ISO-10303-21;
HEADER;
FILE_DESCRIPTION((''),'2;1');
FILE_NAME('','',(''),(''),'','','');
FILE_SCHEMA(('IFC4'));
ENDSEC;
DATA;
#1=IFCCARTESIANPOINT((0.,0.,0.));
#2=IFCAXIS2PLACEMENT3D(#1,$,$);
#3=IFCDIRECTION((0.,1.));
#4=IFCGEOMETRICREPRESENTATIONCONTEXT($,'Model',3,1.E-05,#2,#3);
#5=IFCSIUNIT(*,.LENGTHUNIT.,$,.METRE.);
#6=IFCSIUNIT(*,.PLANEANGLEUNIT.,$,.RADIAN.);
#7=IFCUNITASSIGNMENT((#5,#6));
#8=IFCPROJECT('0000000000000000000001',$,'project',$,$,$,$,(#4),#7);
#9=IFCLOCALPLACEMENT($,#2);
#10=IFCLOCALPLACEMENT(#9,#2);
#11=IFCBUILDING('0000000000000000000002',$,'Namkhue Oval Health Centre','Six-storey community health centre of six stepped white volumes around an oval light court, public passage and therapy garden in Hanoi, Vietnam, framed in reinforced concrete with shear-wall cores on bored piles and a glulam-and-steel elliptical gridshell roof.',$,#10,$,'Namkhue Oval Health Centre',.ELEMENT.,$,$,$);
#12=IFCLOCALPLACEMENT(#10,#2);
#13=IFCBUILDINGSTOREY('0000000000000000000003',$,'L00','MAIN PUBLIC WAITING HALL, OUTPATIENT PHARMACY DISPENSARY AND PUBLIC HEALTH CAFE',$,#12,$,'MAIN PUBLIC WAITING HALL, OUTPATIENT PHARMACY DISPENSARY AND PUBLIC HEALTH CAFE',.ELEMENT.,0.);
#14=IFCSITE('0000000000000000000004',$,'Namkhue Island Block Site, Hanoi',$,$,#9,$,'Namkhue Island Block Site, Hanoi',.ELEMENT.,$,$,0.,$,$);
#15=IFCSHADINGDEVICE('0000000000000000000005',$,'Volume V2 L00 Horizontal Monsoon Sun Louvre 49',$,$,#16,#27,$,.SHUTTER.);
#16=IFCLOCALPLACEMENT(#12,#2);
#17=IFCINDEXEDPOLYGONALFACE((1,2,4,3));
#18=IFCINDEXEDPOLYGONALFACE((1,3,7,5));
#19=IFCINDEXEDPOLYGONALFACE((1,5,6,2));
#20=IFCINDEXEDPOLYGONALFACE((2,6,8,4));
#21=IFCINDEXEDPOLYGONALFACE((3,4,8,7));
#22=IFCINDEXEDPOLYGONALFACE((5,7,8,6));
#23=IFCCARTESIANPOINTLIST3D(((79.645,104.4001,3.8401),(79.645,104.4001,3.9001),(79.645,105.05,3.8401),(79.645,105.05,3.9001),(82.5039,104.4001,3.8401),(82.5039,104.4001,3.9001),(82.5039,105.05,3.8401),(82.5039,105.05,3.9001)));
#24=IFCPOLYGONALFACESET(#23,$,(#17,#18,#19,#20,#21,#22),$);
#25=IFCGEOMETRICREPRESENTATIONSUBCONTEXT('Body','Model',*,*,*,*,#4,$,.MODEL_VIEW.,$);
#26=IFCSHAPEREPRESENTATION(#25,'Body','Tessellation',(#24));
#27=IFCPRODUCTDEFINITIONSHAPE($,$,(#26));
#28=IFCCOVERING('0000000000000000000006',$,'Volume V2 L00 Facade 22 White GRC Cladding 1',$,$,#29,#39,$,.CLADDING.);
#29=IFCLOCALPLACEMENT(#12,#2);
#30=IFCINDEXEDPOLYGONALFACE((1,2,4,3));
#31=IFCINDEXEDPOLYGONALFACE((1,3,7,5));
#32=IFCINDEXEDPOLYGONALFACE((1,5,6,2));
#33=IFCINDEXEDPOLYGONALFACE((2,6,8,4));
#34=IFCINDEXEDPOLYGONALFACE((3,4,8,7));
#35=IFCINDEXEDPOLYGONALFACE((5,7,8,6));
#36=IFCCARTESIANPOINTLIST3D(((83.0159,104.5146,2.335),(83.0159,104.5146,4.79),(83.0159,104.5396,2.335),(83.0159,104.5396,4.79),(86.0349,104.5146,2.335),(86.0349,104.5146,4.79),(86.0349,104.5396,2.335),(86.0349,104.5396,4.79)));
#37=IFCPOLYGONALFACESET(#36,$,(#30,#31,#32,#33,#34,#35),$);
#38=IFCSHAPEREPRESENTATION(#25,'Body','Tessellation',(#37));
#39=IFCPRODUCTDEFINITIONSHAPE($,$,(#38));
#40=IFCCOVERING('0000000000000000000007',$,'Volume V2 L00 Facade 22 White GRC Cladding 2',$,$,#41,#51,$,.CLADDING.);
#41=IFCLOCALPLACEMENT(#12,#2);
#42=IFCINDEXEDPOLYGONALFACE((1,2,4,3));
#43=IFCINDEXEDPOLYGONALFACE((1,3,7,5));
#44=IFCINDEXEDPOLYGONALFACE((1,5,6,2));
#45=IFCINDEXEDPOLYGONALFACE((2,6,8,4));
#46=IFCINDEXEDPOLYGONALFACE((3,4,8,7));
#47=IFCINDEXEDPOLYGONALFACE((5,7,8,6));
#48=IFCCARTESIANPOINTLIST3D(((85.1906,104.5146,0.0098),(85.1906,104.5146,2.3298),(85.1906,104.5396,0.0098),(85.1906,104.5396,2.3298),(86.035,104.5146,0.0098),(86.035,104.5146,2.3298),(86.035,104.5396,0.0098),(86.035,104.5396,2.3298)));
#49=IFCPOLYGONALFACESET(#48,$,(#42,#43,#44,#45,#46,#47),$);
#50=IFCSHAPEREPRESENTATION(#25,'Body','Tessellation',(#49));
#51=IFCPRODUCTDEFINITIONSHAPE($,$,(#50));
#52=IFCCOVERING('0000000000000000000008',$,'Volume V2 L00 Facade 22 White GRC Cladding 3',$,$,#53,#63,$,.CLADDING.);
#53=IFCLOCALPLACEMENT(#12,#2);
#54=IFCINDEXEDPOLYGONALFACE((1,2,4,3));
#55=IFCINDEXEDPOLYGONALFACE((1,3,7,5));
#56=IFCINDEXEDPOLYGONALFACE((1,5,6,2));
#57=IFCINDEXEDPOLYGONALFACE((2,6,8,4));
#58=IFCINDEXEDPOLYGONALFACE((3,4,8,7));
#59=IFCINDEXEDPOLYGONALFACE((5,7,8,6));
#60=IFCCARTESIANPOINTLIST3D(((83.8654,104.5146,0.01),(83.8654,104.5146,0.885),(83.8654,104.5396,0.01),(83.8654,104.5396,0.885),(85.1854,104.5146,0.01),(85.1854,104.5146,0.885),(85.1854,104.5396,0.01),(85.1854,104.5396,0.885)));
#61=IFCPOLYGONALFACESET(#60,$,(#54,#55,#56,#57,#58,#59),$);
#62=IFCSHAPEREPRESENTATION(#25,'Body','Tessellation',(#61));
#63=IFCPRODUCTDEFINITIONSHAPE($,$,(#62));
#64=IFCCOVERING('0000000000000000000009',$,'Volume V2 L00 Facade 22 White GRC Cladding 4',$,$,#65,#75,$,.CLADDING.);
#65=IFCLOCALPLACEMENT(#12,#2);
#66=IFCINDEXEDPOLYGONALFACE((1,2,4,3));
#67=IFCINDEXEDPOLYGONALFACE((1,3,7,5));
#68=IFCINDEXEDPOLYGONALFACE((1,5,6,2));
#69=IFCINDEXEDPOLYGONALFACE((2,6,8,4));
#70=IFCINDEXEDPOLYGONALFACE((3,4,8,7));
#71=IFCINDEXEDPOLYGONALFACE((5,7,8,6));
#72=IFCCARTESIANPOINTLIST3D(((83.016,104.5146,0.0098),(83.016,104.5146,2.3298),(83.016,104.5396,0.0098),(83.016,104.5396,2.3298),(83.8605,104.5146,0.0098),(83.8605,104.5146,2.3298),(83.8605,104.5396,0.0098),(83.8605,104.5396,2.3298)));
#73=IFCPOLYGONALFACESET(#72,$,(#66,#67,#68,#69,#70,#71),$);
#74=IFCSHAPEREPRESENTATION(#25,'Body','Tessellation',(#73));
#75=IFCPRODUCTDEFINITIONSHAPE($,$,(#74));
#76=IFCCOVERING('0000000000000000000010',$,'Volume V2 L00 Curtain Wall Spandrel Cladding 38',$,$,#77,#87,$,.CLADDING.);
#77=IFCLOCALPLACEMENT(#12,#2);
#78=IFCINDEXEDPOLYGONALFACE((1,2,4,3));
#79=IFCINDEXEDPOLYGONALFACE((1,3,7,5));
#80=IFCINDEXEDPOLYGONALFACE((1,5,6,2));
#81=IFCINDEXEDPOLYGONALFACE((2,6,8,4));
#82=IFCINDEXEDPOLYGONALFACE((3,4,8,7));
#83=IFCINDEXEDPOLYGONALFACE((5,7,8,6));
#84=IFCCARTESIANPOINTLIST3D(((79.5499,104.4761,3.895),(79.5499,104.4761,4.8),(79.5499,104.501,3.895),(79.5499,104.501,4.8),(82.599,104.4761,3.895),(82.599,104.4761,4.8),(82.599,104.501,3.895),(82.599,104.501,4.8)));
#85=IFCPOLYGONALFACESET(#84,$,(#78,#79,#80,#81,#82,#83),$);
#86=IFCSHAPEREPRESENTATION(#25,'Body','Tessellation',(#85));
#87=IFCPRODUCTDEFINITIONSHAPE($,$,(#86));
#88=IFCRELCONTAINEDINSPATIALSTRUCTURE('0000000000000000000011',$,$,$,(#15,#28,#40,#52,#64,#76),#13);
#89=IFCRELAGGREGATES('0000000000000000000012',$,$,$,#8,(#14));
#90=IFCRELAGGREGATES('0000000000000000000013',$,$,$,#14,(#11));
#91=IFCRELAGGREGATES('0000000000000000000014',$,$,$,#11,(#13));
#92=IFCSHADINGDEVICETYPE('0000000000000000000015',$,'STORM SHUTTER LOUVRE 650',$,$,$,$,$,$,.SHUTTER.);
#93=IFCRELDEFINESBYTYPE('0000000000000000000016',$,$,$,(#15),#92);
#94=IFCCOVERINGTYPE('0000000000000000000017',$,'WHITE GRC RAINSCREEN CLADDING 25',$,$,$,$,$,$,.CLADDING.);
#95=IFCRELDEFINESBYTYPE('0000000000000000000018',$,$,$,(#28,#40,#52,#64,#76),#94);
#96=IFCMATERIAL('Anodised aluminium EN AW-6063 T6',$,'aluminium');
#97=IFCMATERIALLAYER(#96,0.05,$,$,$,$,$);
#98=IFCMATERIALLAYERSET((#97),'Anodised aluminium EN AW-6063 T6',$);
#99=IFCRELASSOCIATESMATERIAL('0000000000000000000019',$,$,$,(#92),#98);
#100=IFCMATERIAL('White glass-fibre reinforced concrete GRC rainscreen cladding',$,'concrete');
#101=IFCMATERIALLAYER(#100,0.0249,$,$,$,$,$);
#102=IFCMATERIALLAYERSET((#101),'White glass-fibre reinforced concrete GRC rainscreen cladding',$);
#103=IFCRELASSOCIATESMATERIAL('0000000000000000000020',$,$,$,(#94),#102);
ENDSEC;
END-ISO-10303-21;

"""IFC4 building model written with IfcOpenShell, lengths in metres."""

from ifc_helpers import new_model, si_unit, direction, frame, origin, origin_2d, place, context, subcontext, project, spatial, rectangle, extrude, material, layer, layer_set, type_object, element, save


model = new_model("IFC4")

# Units and contexts
model_context = context("Model", 3, precision=1e-05, world=origin(), true_north=direction((0.0, 1.0)))
body_context = subcontext(model_context, "Body", "Model", "MODEL_VIEW")
ifc_project = project(units=[si_unit("LENGTHUNIT", "METRE"), si_unit("PLANEANGLEUNIT", "RADIAN")], contexts=[model_context])

# Site, building, storey
site_placement = place(None, origin())
site = spatial("IfcSite", under=ifc_project, at=site_placement, Name="Namkhue Island Block Site, Hanoi", LongName="Namkhue Island Block Site, Hanoi", CompositionType="ELEMENT", RefElevation=0.0)
building_placement = place(site_placement, origin())
building = spatial("IfcBuilding", under=site, at=building_placement, Name="Namkhue Oval Health Centre", Description="Six-storey community health centre of six stepped white volumes around an oval light court, public passage and therapy garden in Hanoi, Vietnam, framed in reinforced concrete with shear-wall cores on bored piles and a glulam-and-steel elliptical gridshell roof.", LongName="Namkhue Oval Health Centre", CompositionType="ELEMENT")
storey_placement = place(building_placement, origin())
storey = spatial("IfcBuildingStorey", under=building, at=storey_placement, Name="L00", Description="MAIN PUBLIC WAITING HALL, OUTPATIENT PHARMACY DISPENSARY AND PUBLIC HEALTH CAFE", LongName="MAIN PUBLIC WAITING HALL, OUTPATIENT PHARMACY DISPENSARY AND PUBLIC HEALTH CAFE", CompositionType="ELEMENT", Elevation=0.0)

# Shared definitions
ifc_material_1 = material(Name="Anodised aluminium EN AW-6063 T6", Category="aluminium")

# Shading device
ifc_layer_1 = layer(ifc_material_1, 0.05)
ifc_layer_set_1 = layer_set([ifc_layer_1], Name="Anodised aluminium EN AW-6063 T6")
shading_device_type_1 = type_object("IfcShadingDeviceType", Name="STORM SHUTTER LOUVRE 650", PredefinedType="SHUTTER", material=ifc_layer_set_1)
shading_device_1_placement = place(storey_placement, frame((81.0745, 104.7251, 3.8401), z_axis=(0.0, 0.0, 1.0), x_axis=(-1.0, 0.0, 0.0)))
element("IfcShadingDevice", 1, at=shading_device_1_placement, inside=storey, type_object=shading_device_type_1, Name="Volume V2 L00 Horizontal Monsoon Sun Louvre 49", PredefinedType="SHUTTER", context=body_context, shape_type="SweptSolid", body=[
    extrude(rectangle(XDim=2.8589, YDim=0.6499, at=origin_2d()), origin(), (0.0, 0.0, 1.0), 0.0601),
])

# Coverings
ifc_material_2 = material(Name="White glass-fibre reinforced concrete GRC rainscreen cladding", Category="concrete")
ifc_layer_2 = layer(ifc_material_2, 0.0249)
ifc_layer_set_2 = layer_set([ifc_layer_2], Name="White glass-fibre reinforced concrete GRC rainscreen cladding")
covering_type = type_object("IfcCoveringType", Name="WHITE GRC RAINSCREEN CLADDING 25", PredefinedType="CLADDING", material=ifc_layer_set_2)
covering_1_placement = place(storey_placement, frame((84.5254, 104.5271, 2.335), z_axis=(0.0, 0.0, 1.0), x_axis=(-1.0, 0.0, 0.0)))
element("IfcCovering", 2, at=covering_1_placement, inside=storey, type_object=covering_type, Name="Volume V2 L00 Facade 22 White GRC Cladding 1", PredefinedType="CLADDING", context=body_context, shape_type="SweptSolid", body=[
    extrude(rectangle(XDim=3.019, YDim=0.0249, at=origin_2d()), origin(), (0.0, 0.0, 1.0), 2.4551),
])
covering_2_placement = place(storey_placement, frame((85.6128, 104.5271, 0.0098), z_axis=(0.0, 0.0, 1.0), x_axis=(-1.0, 0.0, 0.0)))
element("IfcCovering", 3, at=covering_2_placement, inside=storey, type_object=covering_type, Name="Volume V2 L00 Facade 22 White GRC Cladding 2", PredefinedType="CLADDING", context=body_context, shape_type="SweptSolid", body=[
    extrude(rectangle(XDim=0.8445, YDim=0.0249, at=origin_2d()), origin(), (0.0, 0.0, 1.0), 2.3201),
])
covering_3_placement = place(storey_placement, frame((84.5254, 104.5271, 0.01), z_axis=(0.0, 0.0, 1.0), x_axis=(-1.0, 0.0, 0.0)))
element("IfcCovering", 4, at=covering_3_placement, inside=storey, type_object=covering_type, Name="Volume V2 L00 Facade 22 White GRC Cladding 3", PredefinedType="CLADDING", context=body_context, shape_type="SweptSolid", body=[
    extrude(rectangle(XDim=1.3201, YDim=0.0249, at=origin_2d()), origin(), (0.0, 0.0, 1.0), 0.875),
])
covering_4_placement = place(storey_placement, frame((83.4382, 104.5271, 0.0098), z_axis=(0.0, 0.0, 1.0), x_axis=(-1.0, 0.0, 0.0)))
element("IfcCovering", 5, at=covering_4_placement, inside=storey, type_object=covering_type, Name="Volume V2 L00 Facade 22 White GRC Cladding 4", PredefinedType="CLADDING", context=body_context, shape_type="SweptSolid", body=[
    extrude(rectangle(XDim=0.8445, YDim=0.0249, at=origin_2d()), origin(), (0.0, 0.0, 1.0), 2.3201),
])
covering_5_placement = place(storey_placement, frame((81.0745, 104.4885, 3.895), z_axis=(0.0, 0.0, 1.0), x_axis=(-1.0, 0.0, 0.0)))
element("IfcCovering", 6, at=covering_5_placement, inside=storey, type_object=covering_type, Name="Volume V2 L00 Curtain Wall Spandrel Cladding 38", PredefinedType="CLADDING", context=body_context, shape_type="SweptSolid", body=[
    extrude(rectangle(XDim=3.0491, YDim=0.0249, at=origin_2d()), origin(), (0.0, 0.0, 1.0), 0.905),
])

save(model, "model.ifc")
